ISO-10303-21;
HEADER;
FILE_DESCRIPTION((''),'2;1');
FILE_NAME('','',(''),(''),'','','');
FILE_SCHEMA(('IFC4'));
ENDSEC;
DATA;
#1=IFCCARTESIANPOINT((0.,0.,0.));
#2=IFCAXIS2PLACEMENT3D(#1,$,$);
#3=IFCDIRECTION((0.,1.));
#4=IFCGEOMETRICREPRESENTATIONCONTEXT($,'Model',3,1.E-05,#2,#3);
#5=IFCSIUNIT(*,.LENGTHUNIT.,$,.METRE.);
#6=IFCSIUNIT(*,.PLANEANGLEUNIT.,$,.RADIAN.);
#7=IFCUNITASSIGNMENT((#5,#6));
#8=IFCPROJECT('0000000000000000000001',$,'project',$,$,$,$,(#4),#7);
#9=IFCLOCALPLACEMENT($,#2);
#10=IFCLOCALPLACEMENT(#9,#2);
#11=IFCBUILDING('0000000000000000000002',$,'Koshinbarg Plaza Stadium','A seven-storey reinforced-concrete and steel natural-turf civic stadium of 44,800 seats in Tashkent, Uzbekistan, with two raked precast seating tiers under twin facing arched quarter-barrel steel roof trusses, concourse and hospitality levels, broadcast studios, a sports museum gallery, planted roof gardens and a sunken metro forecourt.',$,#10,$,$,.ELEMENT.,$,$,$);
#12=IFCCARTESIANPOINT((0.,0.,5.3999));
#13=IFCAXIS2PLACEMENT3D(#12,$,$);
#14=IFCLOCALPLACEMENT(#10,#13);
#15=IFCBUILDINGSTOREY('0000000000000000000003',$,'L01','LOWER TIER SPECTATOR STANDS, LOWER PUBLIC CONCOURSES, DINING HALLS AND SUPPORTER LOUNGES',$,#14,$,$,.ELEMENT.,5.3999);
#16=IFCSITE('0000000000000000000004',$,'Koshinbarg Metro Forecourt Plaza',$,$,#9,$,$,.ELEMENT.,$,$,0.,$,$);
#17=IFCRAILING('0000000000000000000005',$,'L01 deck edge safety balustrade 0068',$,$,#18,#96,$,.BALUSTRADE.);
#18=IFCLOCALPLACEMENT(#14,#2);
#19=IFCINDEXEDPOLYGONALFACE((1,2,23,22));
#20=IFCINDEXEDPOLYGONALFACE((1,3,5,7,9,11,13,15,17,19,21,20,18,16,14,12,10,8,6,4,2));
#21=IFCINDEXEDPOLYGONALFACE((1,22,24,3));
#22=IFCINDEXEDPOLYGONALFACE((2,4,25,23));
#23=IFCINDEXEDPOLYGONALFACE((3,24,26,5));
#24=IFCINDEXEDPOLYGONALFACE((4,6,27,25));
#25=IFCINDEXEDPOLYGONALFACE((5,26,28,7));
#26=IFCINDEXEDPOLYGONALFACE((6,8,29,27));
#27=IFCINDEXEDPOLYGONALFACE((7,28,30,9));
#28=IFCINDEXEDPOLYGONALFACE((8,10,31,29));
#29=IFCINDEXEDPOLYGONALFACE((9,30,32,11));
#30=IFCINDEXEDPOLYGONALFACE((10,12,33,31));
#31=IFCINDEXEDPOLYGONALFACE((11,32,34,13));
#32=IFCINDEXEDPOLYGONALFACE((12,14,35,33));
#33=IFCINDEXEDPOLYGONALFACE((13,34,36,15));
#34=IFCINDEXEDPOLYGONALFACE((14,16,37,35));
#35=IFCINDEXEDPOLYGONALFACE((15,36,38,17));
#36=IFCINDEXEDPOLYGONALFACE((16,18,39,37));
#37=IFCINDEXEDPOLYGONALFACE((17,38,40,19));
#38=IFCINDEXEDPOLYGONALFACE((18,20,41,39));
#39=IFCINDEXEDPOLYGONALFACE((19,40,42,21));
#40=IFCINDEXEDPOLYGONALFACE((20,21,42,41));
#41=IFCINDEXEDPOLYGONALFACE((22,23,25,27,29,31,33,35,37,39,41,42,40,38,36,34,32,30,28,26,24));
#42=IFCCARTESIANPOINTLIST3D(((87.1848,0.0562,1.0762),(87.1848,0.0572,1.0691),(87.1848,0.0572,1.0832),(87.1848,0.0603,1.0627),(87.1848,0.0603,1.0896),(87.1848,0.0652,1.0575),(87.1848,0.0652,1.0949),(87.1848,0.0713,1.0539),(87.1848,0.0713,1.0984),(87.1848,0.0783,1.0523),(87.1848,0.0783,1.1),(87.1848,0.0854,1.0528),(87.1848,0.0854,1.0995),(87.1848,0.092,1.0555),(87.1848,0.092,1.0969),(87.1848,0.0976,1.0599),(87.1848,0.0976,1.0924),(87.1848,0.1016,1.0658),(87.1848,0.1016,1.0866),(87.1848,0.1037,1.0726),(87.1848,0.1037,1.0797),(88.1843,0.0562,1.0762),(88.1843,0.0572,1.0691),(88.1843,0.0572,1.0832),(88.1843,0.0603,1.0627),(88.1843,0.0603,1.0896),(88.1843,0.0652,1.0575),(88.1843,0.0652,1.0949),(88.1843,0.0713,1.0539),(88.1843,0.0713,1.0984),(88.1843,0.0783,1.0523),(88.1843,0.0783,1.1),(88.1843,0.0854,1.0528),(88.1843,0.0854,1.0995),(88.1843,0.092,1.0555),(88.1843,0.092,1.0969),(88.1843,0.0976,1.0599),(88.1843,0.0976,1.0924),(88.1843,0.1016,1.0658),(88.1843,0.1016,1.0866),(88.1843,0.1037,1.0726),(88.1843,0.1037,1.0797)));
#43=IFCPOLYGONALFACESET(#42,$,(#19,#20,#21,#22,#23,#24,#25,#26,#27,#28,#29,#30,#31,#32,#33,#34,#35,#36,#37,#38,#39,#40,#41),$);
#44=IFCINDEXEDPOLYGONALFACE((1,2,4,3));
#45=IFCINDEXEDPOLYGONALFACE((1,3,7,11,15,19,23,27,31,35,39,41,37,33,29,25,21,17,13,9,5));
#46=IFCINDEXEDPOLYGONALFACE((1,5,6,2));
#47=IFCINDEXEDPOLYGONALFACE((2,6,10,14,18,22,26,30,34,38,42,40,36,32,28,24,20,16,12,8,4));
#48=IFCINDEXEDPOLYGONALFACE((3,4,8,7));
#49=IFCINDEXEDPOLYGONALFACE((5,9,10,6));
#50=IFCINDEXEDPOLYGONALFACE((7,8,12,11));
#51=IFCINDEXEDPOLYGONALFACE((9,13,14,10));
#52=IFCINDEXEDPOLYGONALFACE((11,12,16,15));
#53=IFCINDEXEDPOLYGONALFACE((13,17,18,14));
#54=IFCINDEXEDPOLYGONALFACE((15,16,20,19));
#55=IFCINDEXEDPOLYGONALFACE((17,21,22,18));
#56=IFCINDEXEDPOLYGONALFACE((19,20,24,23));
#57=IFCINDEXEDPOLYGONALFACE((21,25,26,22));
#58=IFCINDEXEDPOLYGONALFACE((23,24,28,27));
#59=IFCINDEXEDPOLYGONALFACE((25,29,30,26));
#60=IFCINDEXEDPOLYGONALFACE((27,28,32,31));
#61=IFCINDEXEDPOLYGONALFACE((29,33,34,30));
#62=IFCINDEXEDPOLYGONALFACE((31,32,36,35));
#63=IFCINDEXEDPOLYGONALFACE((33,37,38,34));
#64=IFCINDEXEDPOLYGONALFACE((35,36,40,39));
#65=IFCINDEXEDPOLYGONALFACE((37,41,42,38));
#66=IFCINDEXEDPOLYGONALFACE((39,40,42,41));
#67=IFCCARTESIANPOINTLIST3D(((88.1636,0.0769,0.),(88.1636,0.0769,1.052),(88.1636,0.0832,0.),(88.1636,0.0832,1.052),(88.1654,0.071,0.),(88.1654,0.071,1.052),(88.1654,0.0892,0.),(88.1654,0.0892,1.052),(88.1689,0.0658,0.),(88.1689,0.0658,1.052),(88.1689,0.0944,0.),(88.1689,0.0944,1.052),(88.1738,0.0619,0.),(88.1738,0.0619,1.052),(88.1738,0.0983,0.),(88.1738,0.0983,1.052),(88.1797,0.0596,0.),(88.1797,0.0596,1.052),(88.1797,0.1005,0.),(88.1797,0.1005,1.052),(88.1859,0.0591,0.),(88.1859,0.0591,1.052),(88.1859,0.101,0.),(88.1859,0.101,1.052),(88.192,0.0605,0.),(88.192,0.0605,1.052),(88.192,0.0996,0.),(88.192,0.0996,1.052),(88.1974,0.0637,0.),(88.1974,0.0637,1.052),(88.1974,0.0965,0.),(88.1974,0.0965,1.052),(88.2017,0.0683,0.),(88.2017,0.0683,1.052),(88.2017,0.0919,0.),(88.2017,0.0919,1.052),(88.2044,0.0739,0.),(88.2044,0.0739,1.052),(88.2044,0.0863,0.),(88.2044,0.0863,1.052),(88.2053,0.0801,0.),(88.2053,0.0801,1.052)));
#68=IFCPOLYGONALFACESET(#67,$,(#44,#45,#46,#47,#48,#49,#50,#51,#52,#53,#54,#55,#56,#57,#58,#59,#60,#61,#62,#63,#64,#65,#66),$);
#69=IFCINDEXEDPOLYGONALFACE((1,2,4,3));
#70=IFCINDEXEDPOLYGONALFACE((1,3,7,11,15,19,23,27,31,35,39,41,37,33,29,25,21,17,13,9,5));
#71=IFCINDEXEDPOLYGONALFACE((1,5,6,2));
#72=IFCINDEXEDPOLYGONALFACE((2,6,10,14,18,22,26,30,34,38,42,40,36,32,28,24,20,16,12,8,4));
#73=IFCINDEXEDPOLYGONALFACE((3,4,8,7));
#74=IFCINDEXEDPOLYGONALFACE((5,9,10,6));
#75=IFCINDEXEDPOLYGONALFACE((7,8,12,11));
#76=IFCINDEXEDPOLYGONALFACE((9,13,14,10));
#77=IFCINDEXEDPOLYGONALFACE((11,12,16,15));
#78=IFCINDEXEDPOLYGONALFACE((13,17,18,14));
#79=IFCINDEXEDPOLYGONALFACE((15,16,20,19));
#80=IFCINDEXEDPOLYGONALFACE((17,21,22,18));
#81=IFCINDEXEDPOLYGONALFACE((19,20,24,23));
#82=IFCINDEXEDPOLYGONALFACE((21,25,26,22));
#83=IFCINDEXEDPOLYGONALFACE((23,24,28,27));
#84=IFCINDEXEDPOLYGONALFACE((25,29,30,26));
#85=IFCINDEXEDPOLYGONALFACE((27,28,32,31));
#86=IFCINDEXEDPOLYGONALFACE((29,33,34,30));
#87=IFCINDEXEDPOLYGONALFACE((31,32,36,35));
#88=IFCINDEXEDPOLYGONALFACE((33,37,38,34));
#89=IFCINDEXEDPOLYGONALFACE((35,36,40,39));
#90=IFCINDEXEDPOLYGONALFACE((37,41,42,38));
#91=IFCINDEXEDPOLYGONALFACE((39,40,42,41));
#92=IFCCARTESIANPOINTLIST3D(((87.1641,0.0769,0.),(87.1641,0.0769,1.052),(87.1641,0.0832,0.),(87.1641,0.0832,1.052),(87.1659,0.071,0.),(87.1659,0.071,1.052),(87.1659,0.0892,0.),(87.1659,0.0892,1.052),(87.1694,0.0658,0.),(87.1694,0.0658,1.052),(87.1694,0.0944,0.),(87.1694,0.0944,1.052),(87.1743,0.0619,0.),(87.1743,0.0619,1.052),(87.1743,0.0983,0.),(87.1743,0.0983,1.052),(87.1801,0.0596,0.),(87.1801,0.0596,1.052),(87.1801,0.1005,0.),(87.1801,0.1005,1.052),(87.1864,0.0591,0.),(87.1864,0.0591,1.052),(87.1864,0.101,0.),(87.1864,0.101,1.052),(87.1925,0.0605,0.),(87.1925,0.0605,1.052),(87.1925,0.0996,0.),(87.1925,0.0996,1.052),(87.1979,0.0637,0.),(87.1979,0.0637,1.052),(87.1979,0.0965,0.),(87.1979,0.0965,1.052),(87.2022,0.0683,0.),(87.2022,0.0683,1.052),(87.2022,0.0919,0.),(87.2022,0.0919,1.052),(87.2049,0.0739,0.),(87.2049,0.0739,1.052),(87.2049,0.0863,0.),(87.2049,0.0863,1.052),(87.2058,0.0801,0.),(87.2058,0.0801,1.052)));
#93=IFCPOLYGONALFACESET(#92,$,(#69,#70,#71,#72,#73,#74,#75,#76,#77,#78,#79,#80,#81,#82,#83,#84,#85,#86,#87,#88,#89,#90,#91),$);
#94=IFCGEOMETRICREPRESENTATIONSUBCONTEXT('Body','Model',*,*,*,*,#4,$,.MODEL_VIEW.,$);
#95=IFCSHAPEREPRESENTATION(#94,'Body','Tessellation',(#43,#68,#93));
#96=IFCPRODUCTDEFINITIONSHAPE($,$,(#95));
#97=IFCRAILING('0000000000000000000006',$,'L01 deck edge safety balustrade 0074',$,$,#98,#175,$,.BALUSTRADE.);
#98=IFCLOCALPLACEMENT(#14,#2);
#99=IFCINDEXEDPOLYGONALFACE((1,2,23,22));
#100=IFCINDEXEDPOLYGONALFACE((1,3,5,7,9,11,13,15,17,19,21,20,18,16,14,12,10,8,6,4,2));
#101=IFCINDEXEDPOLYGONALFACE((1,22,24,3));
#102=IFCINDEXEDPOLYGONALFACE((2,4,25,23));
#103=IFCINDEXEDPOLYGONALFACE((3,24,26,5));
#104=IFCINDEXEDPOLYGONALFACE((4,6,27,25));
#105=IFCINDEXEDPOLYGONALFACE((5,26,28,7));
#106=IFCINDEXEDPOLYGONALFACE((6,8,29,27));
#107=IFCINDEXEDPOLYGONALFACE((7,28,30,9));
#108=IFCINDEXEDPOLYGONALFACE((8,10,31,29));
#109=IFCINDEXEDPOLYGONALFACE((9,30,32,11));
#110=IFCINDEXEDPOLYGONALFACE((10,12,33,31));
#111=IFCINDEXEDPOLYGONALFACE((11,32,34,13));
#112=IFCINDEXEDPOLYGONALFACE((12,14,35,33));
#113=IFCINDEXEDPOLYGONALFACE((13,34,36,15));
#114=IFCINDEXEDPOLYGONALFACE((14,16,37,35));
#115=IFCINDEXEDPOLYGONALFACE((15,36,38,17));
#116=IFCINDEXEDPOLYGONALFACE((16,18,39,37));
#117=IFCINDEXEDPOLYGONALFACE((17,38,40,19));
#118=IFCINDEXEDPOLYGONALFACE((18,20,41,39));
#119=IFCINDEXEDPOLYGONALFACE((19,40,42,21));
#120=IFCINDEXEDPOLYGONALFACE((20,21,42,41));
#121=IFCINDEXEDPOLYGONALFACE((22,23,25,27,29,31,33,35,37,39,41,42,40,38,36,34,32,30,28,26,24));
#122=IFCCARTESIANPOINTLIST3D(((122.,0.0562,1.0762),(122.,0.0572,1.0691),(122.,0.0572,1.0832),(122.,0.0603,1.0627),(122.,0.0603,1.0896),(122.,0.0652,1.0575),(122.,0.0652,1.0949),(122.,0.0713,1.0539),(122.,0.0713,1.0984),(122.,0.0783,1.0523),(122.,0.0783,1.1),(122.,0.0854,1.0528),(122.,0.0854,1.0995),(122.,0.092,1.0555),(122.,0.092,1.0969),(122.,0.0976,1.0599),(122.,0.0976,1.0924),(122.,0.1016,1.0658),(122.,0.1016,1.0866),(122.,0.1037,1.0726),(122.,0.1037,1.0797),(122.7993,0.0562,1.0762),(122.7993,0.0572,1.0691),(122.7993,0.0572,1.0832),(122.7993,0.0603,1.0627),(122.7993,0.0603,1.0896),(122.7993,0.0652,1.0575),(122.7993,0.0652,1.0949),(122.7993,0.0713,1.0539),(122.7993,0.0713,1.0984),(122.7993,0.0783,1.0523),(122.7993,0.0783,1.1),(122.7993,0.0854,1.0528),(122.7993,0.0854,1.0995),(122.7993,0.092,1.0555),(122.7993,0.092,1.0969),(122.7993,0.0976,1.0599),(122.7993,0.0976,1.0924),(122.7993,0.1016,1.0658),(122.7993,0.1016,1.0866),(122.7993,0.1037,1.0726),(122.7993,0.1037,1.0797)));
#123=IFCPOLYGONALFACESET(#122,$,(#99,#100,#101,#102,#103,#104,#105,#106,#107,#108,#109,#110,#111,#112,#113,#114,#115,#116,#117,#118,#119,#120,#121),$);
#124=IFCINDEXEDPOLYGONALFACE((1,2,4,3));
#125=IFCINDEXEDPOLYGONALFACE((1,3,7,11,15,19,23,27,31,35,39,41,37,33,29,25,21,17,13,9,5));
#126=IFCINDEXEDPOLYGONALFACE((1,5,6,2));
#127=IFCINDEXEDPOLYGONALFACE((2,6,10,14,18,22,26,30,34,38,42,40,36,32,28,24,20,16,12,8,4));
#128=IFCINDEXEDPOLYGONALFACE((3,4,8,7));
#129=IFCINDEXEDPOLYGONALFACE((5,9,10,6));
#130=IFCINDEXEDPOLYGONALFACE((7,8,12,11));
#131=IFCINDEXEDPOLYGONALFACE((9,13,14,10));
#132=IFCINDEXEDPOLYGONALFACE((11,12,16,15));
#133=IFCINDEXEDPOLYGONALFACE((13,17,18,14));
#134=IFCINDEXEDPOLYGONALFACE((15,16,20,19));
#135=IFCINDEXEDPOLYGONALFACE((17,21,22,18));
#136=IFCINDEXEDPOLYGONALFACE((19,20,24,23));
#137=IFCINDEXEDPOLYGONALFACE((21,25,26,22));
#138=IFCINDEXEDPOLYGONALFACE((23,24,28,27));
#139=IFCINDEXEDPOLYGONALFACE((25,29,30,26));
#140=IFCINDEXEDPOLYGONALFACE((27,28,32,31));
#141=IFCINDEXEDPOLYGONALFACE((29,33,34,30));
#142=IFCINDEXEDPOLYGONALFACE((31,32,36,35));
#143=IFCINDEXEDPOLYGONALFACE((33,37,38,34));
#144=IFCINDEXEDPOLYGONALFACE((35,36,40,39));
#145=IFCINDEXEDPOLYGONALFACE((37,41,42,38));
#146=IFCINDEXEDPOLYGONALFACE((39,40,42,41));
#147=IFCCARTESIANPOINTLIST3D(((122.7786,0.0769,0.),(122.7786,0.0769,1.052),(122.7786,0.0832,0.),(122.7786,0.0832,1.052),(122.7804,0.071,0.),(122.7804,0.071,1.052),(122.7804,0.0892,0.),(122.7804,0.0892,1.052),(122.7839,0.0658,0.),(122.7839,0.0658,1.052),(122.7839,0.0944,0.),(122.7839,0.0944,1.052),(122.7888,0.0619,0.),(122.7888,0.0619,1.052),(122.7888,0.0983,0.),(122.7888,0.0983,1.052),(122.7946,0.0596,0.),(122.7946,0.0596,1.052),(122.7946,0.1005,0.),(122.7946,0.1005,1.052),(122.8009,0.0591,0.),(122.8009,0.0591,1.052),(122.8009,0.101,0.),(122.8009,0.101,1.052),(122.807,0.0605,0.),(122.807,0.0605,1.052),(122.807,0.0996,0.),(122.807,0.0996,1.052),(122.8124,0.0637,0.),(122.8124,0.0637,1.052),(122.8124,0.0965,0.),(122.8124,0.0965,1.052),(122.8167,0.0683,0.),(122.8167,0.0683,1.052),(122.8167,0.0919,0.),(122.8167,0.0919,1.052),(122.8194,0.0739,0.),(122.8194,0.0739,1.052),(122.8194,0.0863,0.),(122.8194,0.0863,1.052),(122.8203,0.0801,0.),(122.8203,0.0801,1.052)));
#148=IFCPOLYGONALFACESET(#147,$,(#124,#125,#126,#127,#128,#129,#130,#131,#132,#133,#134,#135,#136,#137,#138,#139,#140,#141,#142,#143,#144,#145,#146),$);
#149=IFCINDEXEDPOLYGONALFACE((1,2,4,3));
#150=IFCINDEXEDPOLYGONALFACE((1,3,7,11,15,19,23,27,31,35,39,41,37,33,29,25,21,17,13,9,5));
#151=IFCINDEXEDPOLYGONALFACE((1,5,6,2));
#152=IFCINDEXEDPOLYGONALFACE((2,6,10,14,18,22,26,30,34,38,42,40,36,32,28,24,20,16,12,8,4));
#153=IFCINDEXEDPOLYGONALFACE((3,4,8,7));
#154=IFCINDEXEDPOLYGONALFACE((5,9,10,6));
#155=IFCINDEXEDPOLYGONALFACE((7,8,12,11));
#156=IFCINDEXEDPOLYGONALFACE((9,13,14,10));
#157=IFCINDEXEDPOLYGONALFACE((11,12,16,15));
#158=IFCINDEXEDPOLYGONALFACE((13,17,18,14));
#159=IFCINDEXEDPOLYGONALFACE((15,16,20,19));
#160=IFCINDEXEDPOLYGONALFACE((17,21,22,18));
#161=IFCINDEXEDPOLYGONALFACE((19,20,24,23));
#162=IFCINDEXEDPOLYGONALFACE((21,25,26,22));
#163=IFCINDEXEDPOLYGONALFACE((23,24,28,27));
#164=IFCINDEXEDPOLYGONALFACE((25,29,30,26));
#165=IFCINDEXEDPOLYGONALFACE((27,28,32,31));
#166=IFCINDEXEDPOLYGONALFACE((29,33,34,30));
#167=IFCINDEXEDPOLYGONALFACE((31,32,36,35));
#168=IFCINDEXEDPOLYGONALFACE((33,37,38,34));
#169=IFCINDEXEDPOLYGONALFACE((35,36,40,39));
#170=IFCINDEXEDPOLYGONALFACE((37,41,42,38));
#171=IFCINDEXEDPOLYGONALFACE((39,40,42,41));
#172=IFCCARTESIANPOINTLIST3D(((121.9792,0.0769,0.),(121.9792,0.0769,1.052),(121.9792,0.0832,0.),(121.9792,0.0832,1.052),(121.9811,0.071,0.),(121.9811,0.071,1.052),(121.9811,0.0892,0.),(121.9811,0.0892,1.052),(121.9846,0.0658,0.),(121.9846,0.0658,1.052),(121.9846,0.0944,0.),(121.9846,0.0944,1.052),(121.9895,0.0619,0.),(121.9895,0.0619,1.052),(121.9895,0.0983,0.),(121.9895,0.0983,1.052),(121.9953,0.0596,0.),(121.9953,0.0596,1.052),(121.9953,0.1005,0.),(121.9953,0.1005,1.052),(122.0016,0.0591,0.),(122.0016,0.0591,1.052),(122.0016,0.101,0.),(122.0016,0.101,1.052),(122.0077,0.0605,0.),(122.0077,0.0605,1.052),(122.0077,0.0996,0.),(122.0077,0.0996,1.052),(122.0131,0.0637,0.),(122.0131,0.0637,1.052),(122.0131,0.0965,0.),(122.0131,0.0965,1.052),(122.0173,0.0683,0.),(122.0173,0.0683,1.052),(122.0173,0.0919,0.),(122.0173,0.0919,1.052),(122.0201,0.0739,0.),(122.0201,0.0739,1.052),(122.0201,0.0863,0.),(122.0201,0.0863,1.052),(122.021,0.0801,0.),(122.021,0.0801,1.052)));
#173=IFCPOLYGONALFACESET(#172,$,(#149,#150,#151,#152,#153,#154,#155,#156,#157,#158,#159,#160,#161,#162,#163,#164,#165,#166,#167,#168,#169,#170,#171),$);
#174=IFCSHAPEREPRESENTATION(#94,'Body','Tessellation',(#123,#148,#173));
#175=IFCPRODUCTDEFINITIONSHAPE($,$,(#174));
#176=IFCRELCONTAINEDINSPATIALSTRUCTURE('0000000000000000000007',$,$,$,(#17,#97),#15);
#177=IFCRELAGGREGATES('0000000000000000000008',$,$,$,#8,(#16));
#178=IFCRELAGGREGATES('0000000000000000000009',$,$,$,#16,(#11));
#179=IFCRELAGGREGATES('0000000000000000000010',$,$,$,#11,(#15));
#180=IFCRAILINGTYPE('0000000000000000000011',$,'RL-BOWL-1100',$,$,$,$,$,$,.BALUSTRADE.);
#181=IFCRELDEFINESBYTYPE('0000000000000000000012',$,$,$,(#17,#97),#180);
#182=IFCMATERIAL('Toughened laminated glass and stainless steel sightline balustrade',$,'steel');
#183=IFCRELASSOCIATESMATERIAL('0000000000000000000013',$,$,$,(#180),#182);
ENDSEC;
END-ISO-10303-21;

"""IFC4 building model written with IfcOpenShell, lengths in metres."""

from ifc_helpers import new_model, si_unit, direction, frame, origin, origin_2d, place, context, subcontext, project, spatial, circle, extrude, material, type_object, element, save


model = new_model("IFC4")

# Units and contexts
model_context = context("Model", 3, precision=1e-05, world=origin(), true_north=direction((0.0, 1.0)))
body_context = subcontext(model_context, "Body", "Model", "MODEL_VIEW")
ifc_project = project(units=[si_unit("LENGTHUNIT", "METRE"), si_unit("PLANEANGLEUNIT", "RADIAN")], contexts=[model_context])

# Site, building, storey
site_placement = place(None, origin())
site = spatial("IfcSite", under=ifc_project, at=site_placement, Name="Koshinbarg Metro Forecourt Plaza", CompositionType="ELEMENT", RefElevation=0.0)
building_placement = place(site_placement, origin())
building = spatial("IfcBuilding", under=site, at=building_placement, Name="Koshinbarg Plaza Stadium", Description="A seven-storey reinforced-concrete and steel natural-turf civic stadium of 44,800 seats in Tashkent, Uzbekistan, with two raked precast seating tiers under twin facing arched quarter-barrel steel roof trusses, concourse and hospitality levels, broadcast studios, a sports museum gallery, planted roof gardens and a sunken metro forecourt.", CompositionType="ELEMENT")
storey_placement = place(building_placement, frame((0.0, 0.0, 5.3999)))
storey = spatial("IfcBuildingStorey", under=building, at=storey_placement, Name="L01", Description="LOWER TIER SPECTATOR STANDS, LOWER PUBLIC CONCOURSES, DINING HALLS AND SUPPORTER LOUNGES", CompositionType="ELEMENT", Elevation=5.3999)

# Railings
ifc_material_1 = material(Name="Toughened laminated glass and stainless steel sightline balustrade", Category="steel")
railing_type = type_object("IfcRailingType", Name="RL-BOWL-1100", PredefinedType="BALUSTRADE", material=ifc_material_1)
railing_1_placement = place(storey_placement, frame((88.1843, 0.0801, 0.0)))
element("IfcRailing", 1, at=railing_1_placement, inside=storey, type_object=railing_type, Name="L01 deck edge safety balustrade 0068", PredefinedType="BALUSTRADE", context=body_context, shape_type="SweptSolid", body=[
    extrude(circle(Radius=0.0239, at=origin_2d()), frame((0.0, 0.0, 1.0762), z_axis=(-1.0, 0.0, 0.0), x_axis=(0.0, -1.0, 0.0)), (0.0, 0.0, 1.0), 0.9995),
    extrude(circle(Radius=0.021, at=origin_2d()), origin(), (0.0, 0.0, 1.0), 1.052),
    extrude(circle(Radius=0.021, at=origin_2d()), frame((-0.9995, 0.0, 0.0)), (0.0, 0.0, 1.0), 1.052),
])
railing_2_placement = place(storey_placement, frame((122.7993, 0.0801, 0.0)))
element("IfcRailing", 2, at=railing_2_placement, inside=storey, type_object=railing_type, Name="L01 deck edge safety balustrade 0074", PredefinedType="BALUSTRADE", context=body_context, shape_type="SweptSolid", body=[
    extrude(circle(Radius=0.0239, at=origin_2d()), frame((0.0, 0.0, 1.0762), z_axis=(-1.0, 0.0, 0.0), x_axis=(0.0, -1.0, 0.0)), (0.0, 0.0, 1.0), 0.7993),
    extrude(circle(Radius=0.021, at=origin_2d()), origin(), (0.0, 0.0, 1.0), 1.052),
    extrude(circle(Radius=0.021, at=origin_2d()), frame((-0.7993, 0.0, 0.0)), (0.0, 0.0, 1.0), 1.052),
])

save(model, "model.ifc")
